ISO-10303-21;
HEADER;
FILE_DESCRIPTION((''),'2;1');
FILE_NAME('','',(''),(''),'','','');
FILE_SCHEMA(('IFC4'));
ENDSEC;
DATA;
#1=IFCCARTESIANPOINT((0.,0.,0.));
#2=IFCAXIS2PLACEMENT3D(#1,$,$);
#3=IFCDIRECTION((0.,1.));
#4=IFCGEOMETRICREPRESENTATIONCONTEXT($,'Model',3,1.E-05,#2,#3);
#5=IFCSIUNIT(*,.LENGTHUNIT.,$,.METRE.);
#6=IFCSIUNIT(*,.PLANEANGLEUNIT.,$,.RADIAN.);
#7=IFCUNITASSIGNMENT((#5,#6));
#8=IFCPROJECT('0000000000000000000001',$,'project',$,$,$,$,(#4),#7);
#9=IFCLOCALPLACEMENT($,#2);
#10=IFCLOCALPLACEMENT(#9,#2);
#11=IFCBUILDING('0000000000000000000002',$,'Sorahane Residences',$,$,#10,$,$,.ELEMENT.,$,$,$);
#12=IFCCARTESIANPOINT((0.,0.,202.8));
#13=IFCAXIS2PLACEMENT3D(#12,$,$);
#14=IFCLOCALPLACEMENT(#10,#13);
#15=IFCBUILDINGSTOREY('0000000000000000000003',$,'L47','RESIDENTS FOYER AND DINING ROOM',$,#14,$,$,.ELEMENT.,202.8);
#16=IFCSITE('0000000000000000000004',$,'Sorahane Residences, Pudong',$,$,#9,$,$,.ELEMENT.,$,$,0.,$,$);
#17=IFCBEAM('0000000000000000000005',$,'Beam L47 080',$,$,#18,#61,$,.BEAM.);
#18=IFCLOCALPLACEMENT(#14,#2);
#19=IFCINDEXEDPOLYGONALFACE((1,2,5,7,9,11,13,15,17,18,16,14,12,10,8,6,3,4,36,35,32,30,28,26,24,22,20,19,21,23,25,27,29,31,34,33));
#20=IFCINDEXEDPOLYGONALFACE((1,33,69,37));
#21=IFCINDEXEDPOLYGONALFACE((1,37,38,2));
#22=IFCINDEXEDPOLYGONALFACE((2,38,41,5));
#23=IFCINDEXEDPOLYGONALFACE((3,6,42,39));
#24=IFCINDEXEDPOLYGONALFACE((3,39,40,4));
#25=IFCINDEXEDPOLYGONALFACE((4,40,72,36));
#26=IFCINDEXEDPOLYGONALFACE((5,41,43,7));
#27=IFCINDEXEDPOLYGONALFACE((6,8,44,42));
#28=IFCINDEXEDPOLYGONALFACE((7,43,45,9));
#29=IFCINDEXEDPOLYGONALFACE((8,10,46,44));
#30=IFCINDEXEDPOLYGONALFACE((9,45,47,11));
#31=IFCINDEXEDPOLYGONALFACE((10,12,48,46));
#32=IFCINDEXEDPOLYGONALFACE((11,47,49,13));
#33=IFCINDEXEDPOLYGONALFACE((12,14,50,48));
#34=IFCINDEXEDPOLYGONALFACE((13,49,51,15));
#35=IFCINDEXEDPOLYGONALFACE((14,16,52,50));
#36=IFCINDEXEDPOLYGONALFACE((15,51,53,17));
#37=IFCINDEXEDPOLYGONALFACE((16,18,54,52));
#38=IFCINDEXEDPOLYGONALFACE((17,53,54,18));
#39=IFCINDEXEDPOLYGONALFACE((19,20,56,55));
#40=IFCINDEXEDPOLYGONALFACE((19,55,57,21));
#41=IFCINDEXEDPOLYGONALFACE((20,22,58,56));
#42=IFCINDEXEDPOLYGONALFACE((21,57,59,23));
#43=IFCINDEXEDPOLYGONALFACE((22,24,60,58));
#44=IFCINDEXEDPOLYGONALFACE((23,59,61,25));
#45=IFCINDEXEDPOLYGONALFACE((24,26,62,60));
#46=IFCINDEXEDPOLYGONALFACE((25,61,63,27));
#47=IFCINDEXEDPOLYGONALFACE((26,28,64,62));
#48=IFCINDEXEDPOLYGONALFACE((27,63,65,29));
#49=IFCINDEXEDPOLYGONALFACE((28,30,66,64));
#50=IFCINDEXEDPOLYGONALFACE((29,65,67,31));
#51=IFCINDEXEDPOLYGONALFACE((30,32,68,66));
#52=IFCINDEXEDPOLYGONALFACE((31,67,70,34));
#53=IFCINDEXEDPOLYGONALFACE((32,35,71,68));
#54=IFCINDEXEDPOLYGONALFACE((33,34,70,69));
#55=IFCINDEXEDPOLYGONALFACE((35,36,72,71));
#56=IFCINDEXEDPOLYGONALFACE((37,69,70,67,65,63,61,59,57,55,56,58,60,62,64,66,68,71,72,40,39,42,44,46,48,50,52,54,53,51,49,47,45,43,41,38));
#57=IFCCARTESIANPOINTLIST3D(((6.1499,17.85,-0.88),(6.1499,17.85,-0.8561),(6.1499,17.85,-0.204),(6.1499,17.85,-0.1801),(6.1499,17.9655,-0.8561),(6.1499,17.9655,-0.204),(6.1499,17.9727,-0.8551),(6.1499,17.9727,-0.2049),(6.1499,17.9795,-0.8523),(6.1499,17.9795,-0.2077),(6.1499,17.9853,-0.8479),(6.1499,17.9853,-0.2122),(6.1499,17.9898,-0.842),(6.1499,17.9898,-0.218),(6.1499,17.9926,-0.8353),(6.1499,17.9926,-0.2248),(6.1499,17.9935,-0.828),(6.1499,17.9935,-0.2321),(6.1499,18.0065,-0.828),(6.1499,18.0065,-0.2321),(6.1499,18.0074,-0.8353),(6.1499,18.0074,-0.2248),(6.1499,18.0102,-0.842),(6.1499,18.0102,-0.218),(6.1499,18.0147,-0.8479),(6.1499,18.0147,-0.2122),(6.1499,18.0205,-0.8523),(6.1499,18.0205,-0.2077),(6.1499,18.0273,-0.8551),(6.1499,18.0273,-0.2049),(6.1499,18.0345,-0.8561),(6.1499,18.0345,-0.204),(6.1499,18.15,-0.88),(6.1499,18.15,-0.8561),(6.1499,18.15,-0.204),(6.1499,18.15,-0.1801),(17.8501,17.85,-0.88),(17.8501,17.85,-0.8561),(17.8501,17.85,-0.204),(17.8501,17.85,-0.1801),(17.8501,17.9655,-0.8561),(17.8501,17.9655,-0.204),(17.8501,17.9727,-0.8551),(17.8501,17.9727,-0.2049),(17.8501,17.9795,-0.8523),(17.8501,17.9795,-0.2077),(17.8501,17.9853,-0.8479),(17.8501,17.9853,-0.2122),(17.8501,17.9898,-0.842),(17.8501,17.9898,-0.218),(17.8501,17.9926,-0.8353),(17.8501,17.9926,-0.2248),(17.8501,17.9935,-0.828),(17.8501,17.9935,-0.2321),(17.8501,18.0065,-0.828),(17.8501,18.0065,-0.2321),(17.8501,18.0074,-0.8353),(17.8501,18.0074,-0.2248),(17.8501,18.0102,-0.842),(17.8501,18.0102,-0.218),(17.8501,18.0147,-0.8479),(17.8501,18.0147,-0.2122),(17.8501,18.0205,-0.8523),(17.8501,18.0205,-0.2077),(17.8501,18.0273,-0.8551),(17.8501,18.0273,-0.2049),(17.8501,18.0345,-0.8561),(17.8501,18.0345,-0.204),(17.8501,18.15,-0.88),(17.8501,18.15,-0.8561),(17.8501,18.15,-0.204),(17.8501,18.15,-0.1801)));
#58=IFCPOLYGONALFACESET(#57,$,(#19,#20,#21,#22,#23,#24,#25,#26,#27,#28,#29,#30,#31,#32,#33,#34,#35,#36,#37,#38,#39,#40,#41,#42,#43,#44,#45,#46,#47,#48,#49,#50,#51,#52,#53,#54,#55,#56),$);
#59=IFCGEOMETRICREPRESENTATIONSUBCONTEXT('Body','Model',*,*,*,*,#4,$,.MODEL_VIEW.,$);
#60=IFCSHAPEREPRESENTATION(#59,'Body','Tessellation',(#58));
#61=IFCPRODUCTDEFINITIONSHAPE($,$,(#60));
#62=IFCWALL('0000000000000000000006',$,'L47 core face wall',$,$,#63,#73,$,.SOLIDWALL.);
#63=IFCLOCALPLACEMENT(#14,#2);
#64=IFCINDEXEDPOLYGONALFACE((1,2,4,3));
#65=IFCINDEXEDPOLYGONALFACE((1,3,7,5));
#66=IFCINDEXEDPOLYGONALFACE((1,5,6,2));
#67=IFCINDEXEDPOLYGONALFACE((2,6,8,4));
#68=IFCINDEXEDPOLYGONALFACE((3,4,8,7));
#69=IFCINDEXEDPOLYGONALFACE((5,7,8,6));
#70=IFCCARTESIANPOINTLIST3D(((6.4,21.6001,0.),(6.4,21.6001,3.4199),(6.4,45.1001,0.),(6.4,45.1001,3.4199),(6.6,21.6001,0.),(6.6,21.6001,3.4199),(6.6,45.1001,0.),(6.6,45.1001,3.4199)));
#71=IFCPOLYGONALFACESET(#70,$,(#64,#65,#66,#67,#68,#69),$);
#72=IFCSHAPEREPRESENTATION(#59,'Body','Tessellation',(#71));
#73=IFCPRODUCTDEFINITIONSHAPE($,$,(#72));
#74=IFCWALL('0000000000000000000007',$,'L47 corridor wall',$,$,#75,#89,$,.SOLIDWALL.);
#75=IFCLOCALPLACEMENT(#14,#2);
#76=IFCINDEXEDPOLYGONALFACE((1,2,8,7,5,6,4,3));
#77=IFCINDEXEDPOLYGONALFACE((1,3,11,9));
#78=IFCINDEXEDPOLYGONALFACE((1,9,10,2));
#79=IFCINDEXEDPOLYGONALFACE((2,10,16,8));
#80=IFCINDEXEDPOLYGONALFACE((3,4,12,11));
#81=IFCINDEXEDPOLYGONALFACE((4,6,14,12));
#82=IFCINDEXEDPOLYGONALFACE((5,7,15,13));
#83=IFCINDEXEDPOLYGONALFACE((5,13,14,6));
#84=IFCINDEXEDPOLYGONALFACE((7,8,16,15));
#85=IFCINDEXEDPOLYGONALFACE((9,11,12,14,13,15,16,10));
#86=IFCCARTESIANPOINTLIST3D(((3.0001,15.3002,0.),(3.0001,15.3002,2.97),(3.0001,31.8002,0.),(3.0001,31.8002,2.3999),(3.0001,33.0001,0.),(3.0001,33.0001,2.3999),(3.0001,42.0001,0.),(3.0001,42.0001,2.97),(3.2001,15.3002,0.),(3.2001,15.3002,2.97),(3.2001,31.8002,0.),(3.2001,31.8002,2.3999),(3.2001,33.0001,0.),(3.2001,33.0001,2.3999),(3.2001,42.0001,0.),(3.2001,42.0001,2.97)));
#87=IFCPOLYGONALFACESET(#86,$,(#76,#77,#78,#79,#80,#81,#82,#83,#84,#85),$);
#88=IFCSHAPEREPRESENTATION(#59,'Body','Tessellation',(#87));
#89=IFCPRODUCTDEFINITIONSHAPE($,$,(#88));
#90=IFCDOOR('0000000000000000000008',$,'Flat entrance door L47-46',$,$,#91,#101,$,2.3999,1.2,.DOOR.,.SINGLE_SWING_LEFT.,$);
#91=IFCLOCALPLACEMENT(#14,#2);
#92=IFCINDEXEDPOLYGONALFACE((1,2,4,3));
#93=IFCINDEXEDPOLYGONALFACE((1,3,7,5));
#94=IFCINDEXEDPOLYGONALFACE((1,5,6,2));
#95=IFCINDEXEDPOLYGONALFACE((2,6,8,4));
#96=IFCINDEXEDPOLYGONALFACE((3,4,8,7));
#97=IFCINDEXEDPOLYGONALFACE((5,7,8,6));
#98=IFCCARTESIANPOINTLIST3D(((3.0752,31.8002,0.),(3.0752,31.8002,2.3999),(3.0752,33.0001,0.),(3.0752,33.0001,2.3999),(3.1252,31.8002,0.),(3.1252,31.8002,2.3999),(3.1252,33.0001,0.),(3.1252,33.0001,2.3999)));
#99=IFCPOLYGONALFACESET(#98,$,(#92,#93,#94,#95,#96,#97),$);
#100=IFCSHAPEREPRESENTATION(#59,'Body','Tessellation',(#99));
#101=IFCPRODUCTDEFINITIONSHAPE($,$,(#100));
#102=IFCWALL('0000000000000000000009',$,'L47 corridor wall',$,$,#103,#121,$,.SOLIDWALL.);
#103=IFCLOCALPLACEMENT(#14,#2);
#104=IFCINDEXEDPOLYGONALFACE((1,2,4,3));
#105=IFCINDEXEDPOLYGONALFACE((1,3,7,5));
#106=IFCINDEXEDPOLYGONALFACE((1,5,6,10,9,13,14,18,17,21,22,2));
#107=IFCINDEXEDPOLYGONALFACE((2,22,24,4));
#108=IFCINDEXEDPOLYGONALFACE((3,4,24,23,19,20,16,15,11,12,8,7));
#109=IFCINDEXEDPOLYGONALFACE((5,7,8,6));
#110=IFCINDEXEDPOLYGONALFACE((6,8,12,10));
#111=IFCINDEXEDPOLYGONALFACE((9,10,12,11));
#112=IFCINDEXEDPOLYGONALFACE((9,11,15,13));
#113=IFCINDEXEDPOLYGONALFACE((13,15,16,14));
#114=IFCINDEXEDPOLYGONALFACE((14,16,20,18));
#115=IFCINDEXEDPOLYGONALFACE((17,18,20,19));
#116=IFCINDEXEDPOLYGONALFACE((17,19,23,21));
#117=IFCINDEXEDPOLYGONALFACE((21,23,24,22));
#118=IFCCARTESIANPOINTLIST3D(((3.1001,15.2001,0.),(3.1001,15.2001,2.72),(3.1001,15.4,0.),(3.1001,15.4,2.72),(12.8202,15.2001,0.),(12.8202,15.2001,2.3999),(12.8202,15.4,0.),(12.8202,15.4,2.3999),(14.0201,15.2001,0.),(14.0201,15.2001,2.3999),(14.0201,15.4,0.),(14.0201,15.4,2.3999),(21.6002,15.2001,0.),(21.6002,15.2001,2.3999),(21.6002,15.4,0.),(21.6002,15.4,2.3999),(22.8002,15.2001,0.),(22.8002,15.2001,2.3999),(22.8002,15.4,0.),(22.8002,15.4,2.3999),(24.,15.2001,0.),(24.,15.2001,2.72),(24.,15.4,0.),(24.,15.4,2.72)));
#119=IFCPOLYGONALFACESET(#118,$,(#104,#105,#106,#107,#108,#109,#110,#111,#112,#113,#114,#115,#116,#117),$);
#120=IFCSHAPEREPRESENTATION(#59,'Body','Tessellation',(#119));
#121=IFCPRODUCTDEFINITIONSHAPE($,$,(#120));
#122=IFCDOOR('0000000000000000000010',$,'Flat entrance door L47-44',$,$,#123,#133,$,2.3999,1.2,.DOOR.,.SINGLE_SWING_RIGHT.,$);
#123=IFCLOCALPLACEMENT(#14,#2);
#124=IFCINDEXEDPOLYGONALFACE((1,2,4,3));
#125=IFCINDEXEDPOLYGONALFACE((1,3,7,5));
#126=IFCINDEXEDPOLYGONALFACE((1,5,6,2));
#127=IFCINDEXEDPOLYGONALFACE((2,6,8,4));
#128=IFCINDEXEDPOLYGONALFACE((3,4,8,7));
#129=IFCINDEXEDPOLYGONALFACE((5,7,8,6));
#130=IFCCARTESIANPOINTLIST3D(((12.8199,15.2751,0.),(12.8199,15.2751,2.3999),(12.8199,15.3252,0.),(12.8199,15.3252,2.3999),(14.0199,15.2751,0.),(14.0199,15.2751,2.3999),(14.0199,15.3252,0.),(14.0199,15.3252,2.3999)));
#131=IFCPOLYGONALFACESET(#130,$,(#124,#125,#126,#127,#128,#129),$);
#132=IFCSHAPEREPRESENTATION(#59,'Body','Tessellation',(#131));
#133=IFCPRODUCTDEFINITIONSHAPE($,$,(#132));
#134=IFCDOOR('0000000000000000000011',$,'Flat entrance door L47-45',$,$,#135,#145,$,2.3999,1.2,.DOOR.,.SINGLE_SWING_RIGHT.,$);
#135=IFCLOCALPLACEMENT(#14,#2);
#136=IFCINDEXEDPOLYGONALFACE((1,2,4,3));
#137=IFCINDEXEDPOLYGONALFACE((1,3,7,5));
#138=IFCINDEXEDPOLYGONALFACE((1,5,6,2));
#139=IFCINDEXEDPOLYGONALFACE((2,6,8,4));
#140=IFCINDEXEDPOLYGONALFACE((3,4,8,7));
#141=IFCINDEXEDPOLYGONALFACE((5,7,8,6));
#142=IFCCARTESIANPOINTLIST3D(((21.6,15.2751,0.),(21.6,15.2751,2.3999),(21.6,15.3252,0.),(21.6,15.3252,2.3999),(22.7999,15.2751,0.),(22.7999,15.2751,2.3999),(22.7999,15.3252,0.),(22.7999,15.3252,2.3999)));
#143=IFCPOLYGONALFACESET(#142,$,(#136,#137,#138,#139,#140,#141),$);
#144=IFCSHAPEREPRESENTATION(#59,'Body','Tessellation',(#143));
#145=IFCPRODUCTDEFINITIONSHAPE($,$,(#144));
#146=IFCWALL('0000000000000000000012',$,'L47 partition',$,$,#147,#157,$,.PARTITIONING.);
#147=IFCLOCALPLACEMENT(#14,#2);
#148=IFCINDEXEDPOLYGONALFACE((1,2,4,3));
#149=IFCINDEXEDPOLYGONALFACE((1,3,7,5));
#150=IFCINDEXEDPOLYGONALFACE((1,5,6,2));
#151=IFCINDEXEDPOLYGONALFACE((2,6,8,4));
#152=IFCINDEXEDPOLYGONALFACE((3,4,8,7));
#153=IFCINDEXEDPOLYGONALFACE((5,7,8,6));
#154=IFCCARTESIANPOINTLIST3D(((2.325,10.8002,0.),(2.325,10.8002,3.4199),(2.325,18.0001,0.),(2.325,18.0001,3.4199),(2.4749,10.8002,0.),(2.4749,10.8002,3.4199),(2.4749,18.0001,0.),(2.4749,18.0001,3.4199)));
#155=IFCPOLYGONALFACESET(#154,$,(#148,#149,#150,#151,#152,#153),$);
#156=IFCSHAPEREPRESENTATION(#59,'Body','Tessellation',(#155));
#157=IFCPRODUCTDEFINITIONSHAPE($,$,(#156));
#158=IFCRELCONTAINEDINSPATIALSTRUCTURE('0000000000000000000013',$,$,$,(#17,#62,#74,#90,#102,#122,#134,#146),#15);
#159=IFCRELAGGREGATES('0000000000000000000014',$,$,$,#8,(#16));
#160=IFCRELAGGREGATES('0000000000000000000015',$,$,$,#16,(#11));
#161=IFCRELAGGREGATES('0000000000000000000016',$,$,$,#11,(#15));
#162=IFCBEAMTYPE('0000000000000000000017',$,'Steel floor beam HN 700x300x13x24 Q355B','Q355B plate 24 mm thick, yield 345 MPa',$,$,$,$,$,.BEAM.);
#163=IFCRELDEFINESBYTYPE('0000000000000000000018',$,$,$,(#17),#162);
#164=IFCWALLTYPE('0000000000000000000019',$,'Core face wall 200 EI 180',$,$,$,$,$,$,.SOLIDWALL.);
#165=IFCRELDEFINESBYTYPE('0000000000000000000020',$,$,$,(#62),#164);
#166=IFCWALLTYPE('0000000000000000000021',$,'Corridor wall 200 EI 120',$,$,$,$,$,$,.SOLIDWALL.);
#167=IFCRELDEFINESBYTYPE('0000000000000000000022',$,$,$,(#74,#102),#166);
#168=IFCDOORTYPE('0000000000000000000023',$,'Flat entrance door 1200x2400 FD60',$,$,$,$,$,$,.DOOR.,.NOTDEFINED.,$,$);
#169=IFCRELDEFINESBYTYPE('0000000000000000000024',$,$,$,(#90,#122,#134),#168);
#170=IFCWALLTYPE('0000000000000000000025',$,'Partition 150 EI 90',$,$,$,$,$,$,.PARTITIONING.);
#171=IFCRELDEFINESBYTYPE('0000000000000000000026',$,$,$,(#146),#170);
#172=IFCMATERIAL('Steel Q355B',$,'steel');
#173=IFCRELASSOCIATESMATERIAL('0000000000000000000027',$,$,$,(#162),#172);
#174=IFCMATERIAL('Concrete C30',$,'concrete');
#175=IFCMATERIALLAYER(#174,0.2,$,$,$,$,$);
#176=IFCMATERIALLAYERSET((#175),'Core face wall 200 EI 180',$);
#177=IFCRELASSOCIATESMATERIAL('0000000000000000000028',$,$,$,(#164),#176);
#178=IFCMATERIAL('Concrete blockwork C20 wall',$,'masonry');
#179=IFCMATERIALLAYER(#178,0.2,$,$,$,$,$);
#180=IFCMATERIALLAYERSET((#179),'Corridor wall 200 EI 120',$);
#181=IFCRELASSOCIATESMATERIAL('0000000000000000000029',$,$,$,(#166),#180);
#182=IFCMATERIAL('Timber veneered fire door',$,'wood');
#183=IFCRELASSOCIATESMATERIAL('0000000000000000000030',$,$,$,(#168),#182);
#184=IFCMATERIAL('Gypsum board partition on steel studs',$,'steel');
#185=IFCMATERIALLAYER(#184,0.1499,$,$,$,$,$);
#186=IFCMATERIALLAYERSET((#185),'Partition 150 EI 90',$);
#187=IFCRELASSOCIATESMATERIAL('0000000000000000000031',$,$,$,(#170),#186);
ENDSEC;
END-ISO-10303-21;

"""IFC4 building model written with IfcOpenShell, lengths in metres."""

from ifc_helpers import new_model, si_unit, direction, frame, frame_2d, origin, origin_2d, place, context, subcontext, project, spatial, rectangle, i_section, extrude, material, layer, layer_set, material_profile, profile_set, type_object, element, fill, save


model = new_model("IFC4")

# Units and contexts
model_context = context("Model", 3, precision=1e-05, world=origin(), true_north=direction((0.0, 1.0)))
body_context = subcontext(model_context, "Body", "Model", "MODEL_VIEW")
ifc_project = project(units=[si_unit("LENGTHUNIT", "METRE"), si_unit("PLANEANGLEUNIT", "RADIAN")], contexts=[model_context])

# Site, building, storey
site_placement = place(None, origin())
site = spatial("IfcSite", under=ifc_project, at=site_placement, Name="Sorahane Residences, Pudong", CompositionType="ELEMENT", RefElevation=0.0)
building_placement = place(site_placement, origin())
building = spatial("IfcBuilding", under=site, at=building_placement, Name="Sorahane Residences", CompositionType="ELEMENT")
storey_placement = place(building_placement, frame((0.0, 0.0, 202.8)))
storey = spatial("IfcBuildingStorey", under=building, at=storey_placement, Name="L47", Description="RESIDENTS FOYER AND DINING ROOM", CompositionType="ELEMENT", Elevation=202.8)

# Beam
ifc_material_1 = material(Name="Steel Q355B", Category="steel")
ifc_material_profile_1 = material_profile(ifc_material_1, i_section(OverallWidth=0.3, OverallDepth=0.7, WebThickness=0.0129, FlangeThickness=0.0239, FilletRadius=0.0281, at=origin_2d()), Name="HN 700x300x13x24")
ifc_profile_set_1 = profile_set([ifc_material_profile_1], Name="Steel Q355B")
beam_type_1 = type_object("IfcBeamType", Name="Steel floor beam HN 700x300x13x24 Q355B", Description="Q355B plate 24 mm thick, yield 345 MPa", PredefinedType="BEAM", material=ifc_profile_set_1)
beam_1_placement = place(storey_placement, frame((6.1499, 18.0, -0.53), z_axis=(1.0, 0.0, 0.0), x_axis=(0.0, 1.0, 0.0)))
element("IfcBeam", 1, at=beam_1_placement, inside=storey, type_object=beam_type_1, Name="Beam L47 080", PredefinedType="BEAM", context=body_context, shape_type="SweptSolid", body=[
    extrude(i_section(OverallWidth=0.3, OverallDepth=0.7, WebThickness=0.0129, FlangeThickness=0.0239, FilletRadius=0.0281, at=origin_2d()), origin(), (0.0, 0.0, 1.0), 11.7002),
])

# Wall
ifc_material_2 = material(Name="Concrete C30", Category="concrete")
ifc_layer_1 = layer(ifc_material_2, 0.2)
ifc_layer_set_1 = layer_set([ifc_layer_1], Name="Core face wall 200 EI 180")
wall_type_1 = type_object("IfcWallType", Name="Core face wall 200 EI 180", PredefinedType="SOLIDWALL", material=ifc_layer_set_1)
wall_1_placement = place(storey_placement, frame((6.5, 21.6001, 0.0), z_axis=(0.0, 0.0, 1.0), x_axis=(0.0, 1.0, 0.0)))
element("IfcWall", 2, at=wall_1_placement, inside=storey, type_object=wall_type_1, Name="L47 core face wall", PredefinedType="SOLIDWALL", context=body_context, shape_type="SweptSolid", body=[
    extrude(rectangle(XDim=23.5, YDim=0.2, at=frame_2d((11.75, 0.0))), origin(), (0.0, 0.0, 1.0), 3.4199),
])

# Wall, opening, door
ifc_material_3 = material(Name="Concrete blockwork C20 wall", Category="masonry")
ifc_layer_2 = layer(ifc_material_3, 0.2)
ifc_layer_set_2 = layer_set([ifc_layer_2], Name="Corridor wall 200 EI 120")
wall_type_2 = type_object("IfcWallType", Name="Corridor wall 200 EI 120", PredefinedType="SOLIDWALL", material=ifc_layer_set_2)
wall_2_placement = place(storey_placement, frame((3.1001, 15.3, 0.0), z_axis=(0.0, 0.0, 1.0), x_axis=(0.0, 1.0, 0.0)))
wall_2 = element("IfcWall", 3, at=wall_2_placement, inside=storey, type_object=wall_type_2, Name="L47 corridor wall", PredefinedType="SOLIDWALL", context=body_context, shape_type="SweptSolid", body=[
    extrude(rectangle(XDim=26.7, YDim=0.2, at=frame_2d((13.3501, 0.0))), origin(), (0.0, 0.0, 1.0), 2.97),
])
opening_1_placement = place(wall_2_placement, frame((16.5, 0.0, 0.0)))
opening_1 = element("IfcOpeningElement", 4, at=opening_1_placement, cuts=wall_2, PredefinedType="OPENING", context=body_context, shape_type="SweptSolid", body=[
    extrude(rectangle(XDim=1.2, YDim=2.3999, at=frame_2d((0.6001, 1.2))), frame((0.0, 0.1099, 0.0), z_axis=(0.0, -1.0, 0.0), x_axis=(1.0, 0.0, 0.0)), (0.0, 0.0, 1.0), 0.22),
])
ifc_material_4 = material(Name="Timber veneered fire door", Category="wood")
door_type_1 = type_object("IfcDoorType", Name="Flat entrance door 1200x2400 FD60", OperationType="NOTDEFINED", PredefinedType="DOOR", material=ifc_material_4)
door_1_placement = place(opening_1_placement, origin())
door_1 = element("IfcDoor", 5, at=door_1_placement, inside=storey, type_object=door_type_1, Name="Flat entrance door L47-46", OperationType="SINGLE_SWING_LEFT", OverallHeight=2.3999, OverallWidth=1.2, PredefinedType="DOOR", context=body_context, shape_type="SweptSolid", body=[
    extrude(rectangle(XDim=1.2, YDim=2.3999, at=frame_2d((0.6001, 1.2))), frame((0.0, 0.0249, 0.0), z_axis=(0.0, -1.0, 0.0), x_axis=(1.0, 0.0, 0.0)), (0.0, 0.0, 1.0), 0.05),
])
fill(opening_1, door_1)

# Wall, openings, doors
wall_3_placement = place(storey_placement, frame((3.1001, 15.3, 0.0), z_axis=(0.0, 0.0, 1.0), x_axis=(1.0, 0.0, 0.0)))
wall_3 = element("IfcWall", 6, at=wall_3_placement, inside=storey, type_object=wall_type_2, Name="L47 corridor wall", PredefinedType="SOLIDWALL", context=body_context, shape_type="SweptSolid", body=[
    extrude(rectangle(XDim=20.8999, YDim=0.2, at=frame_2d((10.45, 0.0))), origin(), (0.0, 0.0, 1.0), 2.72),
])
opening_2_placement = place(wall_3_placement, frame((9.72, 0.0, 0.0)))
opening_2 = element("IfcOpeningElement", 7, at=opening_2_placement, cuts=wall_3, PredefinedType="OPENING", context=body_context, shape_type="SweptSolid", body=[
    extrude(rectangle(XDim=1.2, YDim=2.3999, at=frame_2d((0.6001, 1.2))), frame((0.0, 0.1099, 0.0), z_axis=(0.0, -1.0, 0.0), x_axis=(1.0, 0.0, 0.0)), (0.0, 0.0, 1.0), 0.22),
])
opening_3_placement = place(wall_3_placement, frame((18.5, 0.0, 0.0)))
opening_3 = element("IfcOpeningElement", 8, at=opening_3_placement, cuts=wall_3, PredefinedType="OPENING", context=body_context, shape_type="SweptSolid", body=[
    extrude(rectangle(XDim=1.2, YDim=2.3999, at=frame_2d((0.6001, 1.2))), frame((0.0, 0.1099, 0.0), z_axis=(0.0, -1.0, 0.0), x_axis=(1.0, 0.0, 0.0)), (0.0, 0.0, 1.0), 0.22),
])
door_2_placement = place(opening_2_placement, frame((1.2, 0.0, 0.0), z_axis=(0.0, 0.0, 1.0), x_axis=(-1.0, 0.0, 0.0)))
door_2 = element("IfcDoor", 9, at=door_2_placement, inside=storey, type_object=door_type_1, Name="Flat entrance door L47-44", OperationType="SINGLE_SWING_RIGHT", OverallHeight=2.3999, OverallWidth=1.2, PredefinedType="DOOR", context=body_context, shape_type="SweptSolid", body=[
    extrude(rectangle(XDim=1.2, YDim=2.3999, at=frame_2d((0.6001, 1.2))), frame((0.0, 0.0249, 0.0), z_axis=(0.0, -1.0, 0.0), x_axis=(1.0, 0.0, 0.0)), (0.0, 0.0, 1.0), 0.05),
])
fill(opening_2, door_2)
door_3_placement = place(opening_3_placement, frame((1.2, 0.0, 0.0), z_axis=(0.0, 0.0, 1.0), x_axis=(-1.0, 0.0, 0.0)))
door_3 = element("IfcDoor", 10, at=door_3_placement, inside=storey, type_object=door_type_1, Name="Flat entrance door L47-45", OperationType="SINGLE_SWING_RIGHT", OverallHeight=2.3999, OverallWidth=1.2, PredefinedType="DOOR", context=body_context, shape_type="SweptSolid", body=[
    extrude(rectangle(XDim=1.2, YDim=2.3999, at=frame_2d((0.6001, 1.2))), frame((0.0, 0.0249, 0.0), z_axis=(0.0, -1.0, 0.0), x_axis=(1.0, 0.0, 0.0)), (0.0, 0.0, 1.0), 0.05),
])
fill(opening_3, door_3)

# Wall
ifc_material_5 = material(Name="Gypsum board partition on steel studs", Category="steel")
ifc_layer_3 = layer(ifc_material_5, 0.1499)
ifc_layer_set_3 = layer_set([ifc_layer_3], Name="Partition 150 EI 90")
wall_type_3 = type_object("IfcWallType", Name="Partition 150 EI 90", PredefinedType="PARTITIONING", material=ifc_layer_set_3)
wall_4_placement = place(storey_placement, frame((2.3999, 10.8, 0.0), z_axis=(0.0, 0.0, 1.0), x_axis=(0.0, 1.0, 0.0)))
element("IfcWall", 11, at=wall_4_placement, inside=storey, type_object=wall_type_3, Name="L47 partition", PredefinedType="PARTITIONING", context=body_context, shape_type="SweptSolid", body=[
    extrude(rectangle(XDim=7.2, YDim=0.1499, at=frame_2d((3.6001, 0.0))), origin(), (0.0, 0.0, 1.0), 3.4199),
])

save(model, "model.ifc")
